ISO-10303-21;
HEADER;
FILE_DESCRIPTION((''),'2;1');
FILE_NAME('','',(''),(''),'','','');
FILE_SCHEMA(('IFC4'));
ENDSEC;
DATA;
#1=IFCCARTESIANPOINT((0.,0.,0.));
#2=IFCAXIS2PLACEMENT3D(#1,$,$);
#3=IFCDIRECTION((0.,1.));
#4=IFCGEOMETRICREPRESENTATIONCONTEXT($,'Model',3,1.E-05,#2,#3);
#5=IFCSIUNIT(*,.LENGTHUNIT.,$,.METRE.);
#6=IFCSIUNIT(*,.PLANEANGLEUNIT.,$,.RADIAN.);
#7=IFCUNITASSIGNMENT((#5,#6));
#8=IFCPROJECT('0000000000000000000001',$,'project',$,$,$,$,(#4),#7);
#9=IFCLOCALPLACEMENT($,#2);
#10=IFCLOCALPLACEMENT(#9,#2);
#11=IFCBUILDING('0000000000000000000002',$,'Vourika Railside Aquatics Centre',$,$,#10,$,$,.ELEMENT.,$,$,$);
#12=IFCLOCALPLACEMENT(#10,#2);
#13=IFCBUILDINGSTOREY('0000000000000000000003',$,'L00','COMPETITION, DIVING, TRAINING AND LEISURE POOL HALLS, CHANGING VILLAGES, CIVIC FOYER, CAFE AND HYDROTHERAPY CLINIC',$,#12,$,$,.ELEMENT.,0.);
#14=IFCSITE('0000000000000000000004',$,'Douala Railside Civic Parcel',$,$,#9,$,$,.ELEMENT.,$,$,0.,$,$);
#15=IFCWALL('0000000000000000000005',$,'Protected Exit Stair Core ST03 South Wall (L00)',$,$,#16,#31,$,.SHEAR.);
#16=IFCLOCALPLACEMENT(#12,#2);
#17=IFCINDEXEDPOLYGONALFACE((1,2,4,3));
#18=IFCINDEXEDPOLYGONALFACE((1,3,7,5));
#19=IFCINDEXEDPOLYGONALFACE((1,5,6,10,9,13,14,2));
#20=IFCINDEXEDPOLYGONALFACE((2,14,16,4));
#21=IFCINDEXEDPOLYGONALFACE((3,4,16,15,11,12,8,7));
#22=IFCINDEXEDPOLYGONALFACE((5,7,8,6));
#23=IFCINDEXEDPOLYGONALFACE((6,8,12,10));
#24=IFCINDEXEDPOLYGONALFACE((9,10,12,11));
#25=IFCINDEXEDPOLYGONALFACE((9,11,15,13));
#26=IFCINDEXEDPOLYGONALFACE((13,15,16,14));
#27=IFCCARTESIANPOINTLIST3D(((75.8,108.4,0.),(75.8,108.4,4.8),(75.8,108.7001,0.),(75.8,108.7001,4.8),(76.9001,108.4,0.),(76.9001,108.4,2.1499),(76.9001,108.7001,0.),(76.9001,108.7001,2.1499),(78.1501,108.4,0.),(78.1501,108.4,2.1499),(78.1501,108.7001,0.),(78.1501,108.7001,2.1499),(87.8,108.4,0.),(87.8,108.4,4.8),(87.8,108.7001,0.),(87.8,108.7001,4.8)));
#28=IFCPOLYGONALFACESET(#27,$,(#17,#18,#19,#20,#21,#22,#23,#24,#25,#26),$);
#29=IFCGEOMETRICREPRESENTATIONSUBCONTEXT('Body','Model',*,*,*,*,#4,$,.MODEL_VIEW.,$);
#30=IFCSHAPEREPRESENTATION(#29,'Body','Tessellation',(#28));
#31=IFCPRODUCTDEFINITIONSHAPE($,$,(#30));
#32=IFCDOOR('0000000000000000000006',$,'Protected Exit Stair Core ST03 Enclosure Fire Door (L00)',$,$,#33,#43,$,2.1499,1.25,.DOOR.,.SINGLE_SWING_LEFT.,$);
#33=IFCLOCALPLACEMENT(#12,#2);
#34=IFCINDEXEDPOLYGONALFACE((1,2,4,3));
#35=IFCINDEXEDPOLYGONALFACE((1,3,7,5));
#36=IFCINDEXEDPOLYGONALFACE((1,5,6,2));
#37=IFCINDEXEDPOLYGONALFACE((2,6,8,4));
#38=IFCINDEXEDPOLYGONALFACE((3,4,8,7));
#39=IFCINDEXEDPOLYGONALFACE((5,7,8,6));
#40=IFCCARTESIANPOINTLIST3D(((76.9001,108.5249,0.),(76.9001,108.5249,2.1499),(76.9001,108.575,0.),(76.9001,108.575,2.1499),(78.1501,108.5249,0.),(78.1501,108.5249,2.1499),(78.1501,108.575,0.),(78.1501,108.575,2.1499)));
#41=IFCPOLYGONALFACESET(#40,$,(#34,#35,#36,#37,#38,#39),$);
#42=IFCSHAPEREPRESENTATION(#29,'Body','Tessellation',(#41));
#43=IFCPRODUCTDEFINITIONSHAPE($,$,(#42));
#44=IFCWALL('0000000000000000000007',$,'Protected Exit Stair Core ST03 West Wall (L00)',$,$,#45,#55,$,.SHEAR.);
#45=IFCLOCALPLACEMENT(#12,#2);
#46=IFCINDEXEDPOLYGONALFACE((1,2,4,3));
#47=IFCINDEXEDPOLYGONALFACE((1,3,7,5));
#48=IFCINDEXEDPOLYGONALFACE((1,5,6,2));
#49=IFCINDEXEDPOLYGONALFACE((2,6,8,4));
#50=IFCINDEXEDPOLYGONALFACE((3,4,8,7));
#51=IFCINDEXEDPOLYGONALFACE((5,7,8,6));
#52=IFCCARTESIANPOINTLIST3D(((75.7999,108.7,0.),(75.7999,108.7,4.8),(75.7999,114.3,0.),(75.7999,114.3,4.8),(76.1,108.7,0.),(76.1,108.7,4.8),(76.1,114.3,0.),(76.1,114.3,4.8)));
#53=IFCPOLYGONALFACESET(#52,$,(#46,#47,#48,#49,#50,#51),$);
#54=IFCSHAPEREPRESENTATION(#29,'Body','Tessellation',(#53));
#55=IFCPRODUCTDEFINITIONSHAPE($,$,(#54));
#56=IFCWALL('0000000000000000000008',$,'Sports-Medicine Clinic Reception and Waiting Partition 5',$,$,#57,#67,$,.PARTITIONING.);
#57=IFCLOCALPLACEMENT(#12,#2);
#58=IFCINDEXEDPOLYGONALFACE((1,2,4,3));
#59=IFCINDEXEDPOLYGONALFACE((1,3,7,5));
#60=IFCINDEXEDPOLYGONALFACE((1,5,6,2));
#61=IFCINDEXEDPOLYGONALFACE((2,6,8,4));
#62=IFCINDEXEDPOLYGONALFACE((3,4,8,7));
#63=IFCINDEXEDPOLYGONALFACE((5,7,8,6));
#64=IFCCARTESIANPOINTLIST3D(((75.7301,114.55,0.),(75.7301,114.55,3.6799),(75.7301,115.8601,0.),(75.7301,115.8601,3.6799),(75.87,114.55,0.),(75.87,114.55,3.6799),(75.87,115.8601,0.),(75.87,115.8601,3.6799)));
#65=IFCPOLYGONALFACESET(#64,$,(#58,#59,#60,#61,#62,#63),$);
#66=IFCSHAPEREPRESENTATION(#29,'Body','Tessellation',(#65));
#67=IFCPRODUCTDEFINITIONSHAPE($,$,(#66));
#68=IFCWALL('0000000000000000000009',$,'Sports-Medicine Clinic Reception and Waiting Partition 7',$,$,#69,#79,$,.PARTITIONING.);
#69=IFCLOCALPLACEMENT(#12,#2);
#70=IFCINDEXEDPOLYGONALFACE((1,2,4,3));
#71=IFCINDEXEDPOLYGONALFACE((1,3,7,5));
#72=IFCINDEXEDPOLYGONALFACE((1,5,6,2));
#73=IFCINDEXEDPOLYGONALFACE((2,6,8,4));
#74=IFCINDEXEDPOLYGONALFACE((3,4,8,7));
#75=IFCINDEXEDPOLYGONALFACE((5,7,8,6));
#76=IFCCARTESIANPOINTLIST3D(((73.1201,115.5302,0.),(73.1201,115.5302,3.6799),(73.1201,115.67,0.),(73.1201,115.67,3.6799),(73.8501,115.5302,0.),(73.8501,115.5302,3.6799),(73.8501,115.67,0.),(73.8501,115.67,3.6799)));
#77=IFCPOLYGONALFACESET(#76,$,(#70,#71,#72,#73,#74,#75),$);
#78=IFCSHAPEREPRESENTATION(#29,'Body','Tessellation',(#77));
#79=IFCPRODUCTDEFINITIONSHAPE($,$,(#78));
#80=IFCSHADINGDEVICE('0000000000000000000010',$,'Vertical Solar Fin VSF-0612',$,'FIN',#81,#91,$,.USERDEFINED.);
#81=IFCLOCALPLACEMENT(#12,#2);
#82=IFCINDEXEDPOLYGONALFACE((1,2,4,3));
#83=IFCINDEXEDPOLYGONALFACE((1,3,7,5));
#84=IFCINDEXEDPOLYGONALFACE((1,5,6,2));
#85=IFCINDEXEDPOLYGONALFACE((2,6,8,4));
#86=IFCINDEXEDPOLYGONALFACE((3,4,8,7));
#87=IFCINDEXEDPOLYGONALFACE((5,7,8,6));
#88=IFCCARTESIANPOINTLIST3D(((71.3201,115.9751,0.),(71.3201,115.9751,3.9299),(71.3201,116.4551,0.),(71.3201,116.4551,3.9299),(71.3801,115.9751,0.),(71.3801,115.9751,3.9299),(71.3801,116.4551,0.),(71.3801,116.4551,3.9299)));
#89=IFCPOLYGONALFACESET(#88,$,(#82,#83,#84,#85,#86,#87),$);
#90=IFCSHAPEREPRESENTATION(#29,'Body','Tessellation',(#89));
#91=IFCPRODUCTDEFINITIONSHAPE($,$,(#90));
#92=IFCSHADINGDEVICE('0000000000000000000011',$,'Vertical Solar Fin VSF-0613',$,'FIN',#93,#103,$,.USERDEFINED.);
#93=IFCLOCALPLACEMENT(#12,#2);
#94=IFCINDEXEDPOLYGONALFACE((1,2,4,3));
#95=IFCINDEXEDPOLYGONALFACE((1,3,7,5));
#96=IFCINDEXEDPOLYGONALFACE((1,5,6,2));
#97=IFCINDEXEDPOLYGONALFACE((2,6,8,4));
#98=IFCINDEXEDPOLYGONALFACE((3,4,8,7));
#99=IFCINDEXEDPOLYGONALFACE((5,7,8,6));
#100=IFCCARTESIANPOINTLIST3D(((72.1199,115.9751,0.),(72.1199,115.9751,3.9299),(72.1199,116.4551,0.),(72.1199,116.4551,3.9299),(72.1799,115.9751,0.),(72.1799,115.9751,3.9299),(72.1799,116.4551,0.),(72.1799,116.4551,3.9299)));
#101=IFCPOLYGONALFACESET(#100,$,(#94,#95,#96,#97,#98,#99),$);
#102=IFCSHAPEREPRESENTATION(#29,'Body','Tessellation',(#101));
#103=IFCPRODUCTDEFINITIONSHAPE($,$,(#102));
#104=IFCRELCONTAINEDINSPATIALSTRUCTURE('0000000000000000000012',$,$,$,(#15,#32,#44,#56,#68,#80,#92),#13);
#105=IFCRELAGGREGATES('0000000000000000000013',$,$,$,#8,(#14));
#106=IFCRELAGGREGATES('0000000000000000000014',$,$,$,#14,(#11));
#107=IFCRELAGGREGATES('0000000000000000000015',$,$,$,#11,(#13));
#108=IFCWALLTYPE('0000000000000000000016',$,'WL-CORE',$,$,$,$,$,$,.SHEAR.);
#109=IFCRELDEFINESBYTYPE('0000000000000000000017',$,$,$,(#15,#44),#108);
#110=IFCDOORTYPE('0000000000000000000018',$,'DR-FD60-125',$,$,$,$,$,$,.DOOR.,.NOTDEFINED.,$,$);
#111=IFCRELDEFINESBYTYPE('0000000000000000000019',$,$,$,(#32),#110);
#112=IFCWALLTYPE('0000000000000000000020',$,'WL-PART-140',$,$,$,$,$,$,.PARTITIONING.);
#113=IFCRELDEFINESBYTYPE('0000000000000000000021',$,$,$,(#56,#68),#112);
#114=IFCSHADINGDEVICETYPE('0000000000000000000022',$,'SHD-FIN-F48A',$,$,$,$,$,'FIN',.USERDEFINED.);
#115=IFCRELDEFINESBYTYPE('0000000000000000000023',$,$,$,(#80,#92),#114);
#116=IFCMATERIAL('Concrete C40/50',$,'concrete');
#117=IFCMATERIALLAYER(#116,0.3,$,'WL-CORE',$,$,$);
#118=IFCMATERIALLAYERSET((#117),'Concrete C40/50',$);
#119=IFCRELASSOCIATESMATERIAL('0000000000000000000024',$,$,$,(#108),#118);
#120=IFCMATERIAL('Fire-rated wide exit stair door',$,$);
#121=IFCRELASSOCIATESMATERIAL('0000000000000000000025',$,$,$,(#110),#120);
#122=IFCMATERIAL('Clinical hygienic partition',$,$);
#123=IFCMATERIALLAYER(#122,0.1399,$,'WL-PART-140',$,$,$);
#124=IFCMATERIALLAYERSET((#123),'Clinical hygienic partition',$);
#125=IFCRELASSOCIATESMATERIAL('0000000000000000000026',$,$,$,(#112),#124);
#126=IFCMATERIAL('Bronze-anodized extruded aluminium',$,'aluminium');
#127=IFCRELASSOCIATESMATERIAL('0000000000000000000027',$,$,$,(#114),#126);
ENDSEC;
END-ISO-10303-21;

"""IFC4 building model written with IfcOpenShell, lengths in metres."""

from ifc_helpers import new_model, si_unit, direction, frame, frame_2d, origin, origin_2d, place, context, subcontext, project, spatial, rectangle, extrude, material, layer, layer_set, material_profile, profile_set, type_object, element, fill, save


model = new_model("IFC4")

# Units and contexts
model_context = context("Model", 3, precision=1e-05, world=origin(), true_north=direction((0.0, 1.0)))
body_context = subcontext(model_context, "Body", "Model", "MODEL_VIEW")
ifc_project = project(units=[si_unit("LENGTHUNIT", "METRE"), si_unit("PLANEANGLEUNIT", "RADIAN")], contexts=[model_context])

# Site, building, storey
site_placement = place(None, origin())
site = spatial("IfcSite", under=ifc_project, at=site_placement, Name="Douala Railside Civic Parcel", CompositionType="ELEMENT", RefElevation=0.0)
building_placement = place(site_placement, origin())
building = spatial("IfcBuilding", under=site, at=building_placement, Name="Vourika Railside Aquatics Centre", CompositionType="ELEMENT")
storey_placement = place(building_placement, origin())
storey = spatial("IfcBuildingStorey", under=building, at=storey_placement, Name="L00", Description="COMPETITION, DIVING, TRAINING AND LEISURE POOL HALLS, CHANGING VILLAGES, CIVIC FOYER, CAFE AND HYDROTHERAPY CLINIC", CompositionType="ELEMENT", Elevation=0.0)

# Shared definitions
ifc_material_1 = material(Name="Concrete C40/50", Category="concrete")

# Wall, opening, door
ifc_layer_1 = layer(ifc_material_1, 0.3, Name="WL-CORE")
ifc_layer_set_1 = layer_set([ifc_layer_1], Name="Concrete C40/50")
wall_type_1 = type_object("IfcWallType", Name="WL-CORE", PredefinedType="SHEAR", material=ifc_layer_set_1)
wall_1_placement = place(storey_placement, frame((75.8, 108.55, 0.0), z_axis=(0.0, 0.0, 1.0), x_axis=(1.0, 0.0, 0.0)))
wall_1 = element("IfcWall", 1, at=wall_1_placement, inside=storey, type_object=wall_type_1, Name="Protected Exit Stair Core ST03 South Wall (L00)", PredefinedType="SHEAR", context=body_context, shape_type="SweptSolid", body=[
    extrude(rectangle(XDim=12.0, YDim=0.3, at=frame_2d((6.0, 0.0))), origin(), (0.0, 0.0, 1.0), 4.8),
])
opening_placement = place(wall_1_placement, frame((1.1001, 0.0, 0.0)))
opening = element("IfcOpeningElement", 2, at=opening_placement, cuts=wall_1, PredefinedType="OPENING", context=body_context, shape_type="SweptSolid", body=[
    extrude(rectangle(XDim=1.25, YDim=2.1499, at=frame_2d((0.625, 1.075))), frame((0.0, 0.1602, 0.0), z_axis=(0.0, -1.0, 0.0), x_axis=(1.0, 0.0, 0.0)), (0.0, 0.0, 1.0), 0.3201),
])
ifc_material_2 = material(Name="Fire-rated wide exit stair door")
door_type = type_object("IfcDoorType", Name="DR-FD60-125", OperationType="NOTDEFINED", PredefinedType="DOOR", material=ifc_material_2)
door_placement = place(opening_placement, origin())
door = element("IfcDoor", 3, at=door_placement, inside=storey, type_object=door_type, Name="Protected Exit Stair Core ST03 Enclosure Fire Door (L00)", OperationType="SINGLE_SWING_LEFT", OverallHeight=2.1499, OverallWidth=1.25, PredefinedType="DOOR", context=body_context, shape_type="SweptSolid", body=[
    extrude(rectangle(XDim=1.25, YDim=2.1499, at=frame_2d((0.625, 1.075))), frame((0.0, 0.0249, 0.0), z_axis=(0.0, -1.0, 0.0), x_axis=(1.0, 0.0, 0.0)), (0.0, 0.0, 1.0), 0.05),
])
fill(opening, door)

# Walls
wall_2_placement = place(storey_placement, frame((75.95, 114.3, 0.0), z_axis=(0.0, 0.0, 1.0), x_axis=(0.0, -1.0, 0.0)))
element("IfcWall", 4, at=wall_2_placement, inside=storey, type_object=wall_type_1, Name="Protected Exit Stair Core ST03 West Wall (L00)", PredefinedType="SHEAR", context=body_context, shape_type="SweptSolid", body=[
    extrude(rectangle(XDim=5.6001, YDim=0.3, at=frame_2d((2.8, 0.0))), origin(), (0.0, 0.0, 1.0), 4.8),
])
ifc_material_3 = material(Name="Clinical hygienic partition")
ifc_layer_2 = layer(ifc_material_3, 0.1399, Name="WL-PART-140")
ifc_layer_set_2 = layer_set([ifc_layer_2], Name="Clinical hygienic partition")
wall_type_2 = type_object("IfcWallType", Name="WL-PART-140", PredefinedType="PARTITIONING", material=ifc_layer_set_2)
wall_3_placement = place(storey_placement, frame((75.8, 115.8601, 0.0), z_axis=(0.0, 0.0, 1.0), x_axis=(0.0, -1.0, 0.0)))
element("IfcWall", 5, at=wall_3_placement, inside=storey, type_object=wall_type_2, Name="Sports-Medicine Clinic Reception and Waiting Partition 5", PredefinedType="PARTITIONING", context=body_context, shape_type="SweptSolid", body=[
    extrude(rectangle(XDim=1.3101, YDim=0.1399, at=frame_2d((0.655, 0.0))), origin(), (0.0, 0.0, 1.0), 3.6799),
])
wall_4_placement = place(storey_placement, frame((73.1201, 115.6001, 0.0), z_axis=(0.0, 0.0, 1.0), x_axis=(1.0, 0.0, 0.0)))
element("IfcWall", 6, at=wall_4_placement, inside=storey, type_object=wall_type_2, Name="Sports-Medicine Clinic Reception and Waiting Partition 7", PredefinedType="PARTITIONING", context=body_context, shape_type="SweptSolid", body=[
    extrude(rectangle(XDim=0.73, YDim=0.1399, at=frame_2d((0.365, 0.0))), origin(), (0.0, 0.0, 1.0), 3.6799),
])

# Shading devices
ifc_material_4 = material(Name="Bronze-anodized extruded aluminium", Category="aluminium")
ifc_material_profile_1 = material_profile(ifc_material_4, rectangle(XDim=0.0601, YDim=0.48, at=origin_2d()), Name="ALU-FIN 60x480")
ifc_profile_set_1 = profile_set([ifc_material_profile_1], Name="Bronze-anodized extruded aluminium")
shading_device_type = type_object("IfcShadingDeviceType", Name="SHD-FIN-F48A", ElementType="FIN", PredefinedType="USERDEFINED", material=ifc_profile_set_1)
for number, where, z_axis, x_axis, name in (
    (7, (71.3501, 116.2151, 0.0), (0.0, 0.0, 1.0), (1.0, 0.0, 0.0), "Vertical Solar Fin VSF-0612"),
    (8, (72.1499, 116.2151, 0.0), (0.0, 0.0, 1.0), (1.0, 0.0, 0.0), "Vertical Solar Fin VSF-0613"),
):
    element("IfcShadingDevice", number, at=place(storey_placement, frame(where, z_axis=z_axis, x_axis=x_axis)), inside=storey, type_object=shading_device_type, Name=name, ObjectType="FIN", PredefinedType="USERDEFINED", context=body_context, shape_type="SweptSolid", body=[
        extrude(rectangle(XDim=0.0601, YDim=0.48, at=origin_2d()), origin(), (0.0, 0.0, 1.0), 3.9299),
    ])

save(model, "model.ifc")
